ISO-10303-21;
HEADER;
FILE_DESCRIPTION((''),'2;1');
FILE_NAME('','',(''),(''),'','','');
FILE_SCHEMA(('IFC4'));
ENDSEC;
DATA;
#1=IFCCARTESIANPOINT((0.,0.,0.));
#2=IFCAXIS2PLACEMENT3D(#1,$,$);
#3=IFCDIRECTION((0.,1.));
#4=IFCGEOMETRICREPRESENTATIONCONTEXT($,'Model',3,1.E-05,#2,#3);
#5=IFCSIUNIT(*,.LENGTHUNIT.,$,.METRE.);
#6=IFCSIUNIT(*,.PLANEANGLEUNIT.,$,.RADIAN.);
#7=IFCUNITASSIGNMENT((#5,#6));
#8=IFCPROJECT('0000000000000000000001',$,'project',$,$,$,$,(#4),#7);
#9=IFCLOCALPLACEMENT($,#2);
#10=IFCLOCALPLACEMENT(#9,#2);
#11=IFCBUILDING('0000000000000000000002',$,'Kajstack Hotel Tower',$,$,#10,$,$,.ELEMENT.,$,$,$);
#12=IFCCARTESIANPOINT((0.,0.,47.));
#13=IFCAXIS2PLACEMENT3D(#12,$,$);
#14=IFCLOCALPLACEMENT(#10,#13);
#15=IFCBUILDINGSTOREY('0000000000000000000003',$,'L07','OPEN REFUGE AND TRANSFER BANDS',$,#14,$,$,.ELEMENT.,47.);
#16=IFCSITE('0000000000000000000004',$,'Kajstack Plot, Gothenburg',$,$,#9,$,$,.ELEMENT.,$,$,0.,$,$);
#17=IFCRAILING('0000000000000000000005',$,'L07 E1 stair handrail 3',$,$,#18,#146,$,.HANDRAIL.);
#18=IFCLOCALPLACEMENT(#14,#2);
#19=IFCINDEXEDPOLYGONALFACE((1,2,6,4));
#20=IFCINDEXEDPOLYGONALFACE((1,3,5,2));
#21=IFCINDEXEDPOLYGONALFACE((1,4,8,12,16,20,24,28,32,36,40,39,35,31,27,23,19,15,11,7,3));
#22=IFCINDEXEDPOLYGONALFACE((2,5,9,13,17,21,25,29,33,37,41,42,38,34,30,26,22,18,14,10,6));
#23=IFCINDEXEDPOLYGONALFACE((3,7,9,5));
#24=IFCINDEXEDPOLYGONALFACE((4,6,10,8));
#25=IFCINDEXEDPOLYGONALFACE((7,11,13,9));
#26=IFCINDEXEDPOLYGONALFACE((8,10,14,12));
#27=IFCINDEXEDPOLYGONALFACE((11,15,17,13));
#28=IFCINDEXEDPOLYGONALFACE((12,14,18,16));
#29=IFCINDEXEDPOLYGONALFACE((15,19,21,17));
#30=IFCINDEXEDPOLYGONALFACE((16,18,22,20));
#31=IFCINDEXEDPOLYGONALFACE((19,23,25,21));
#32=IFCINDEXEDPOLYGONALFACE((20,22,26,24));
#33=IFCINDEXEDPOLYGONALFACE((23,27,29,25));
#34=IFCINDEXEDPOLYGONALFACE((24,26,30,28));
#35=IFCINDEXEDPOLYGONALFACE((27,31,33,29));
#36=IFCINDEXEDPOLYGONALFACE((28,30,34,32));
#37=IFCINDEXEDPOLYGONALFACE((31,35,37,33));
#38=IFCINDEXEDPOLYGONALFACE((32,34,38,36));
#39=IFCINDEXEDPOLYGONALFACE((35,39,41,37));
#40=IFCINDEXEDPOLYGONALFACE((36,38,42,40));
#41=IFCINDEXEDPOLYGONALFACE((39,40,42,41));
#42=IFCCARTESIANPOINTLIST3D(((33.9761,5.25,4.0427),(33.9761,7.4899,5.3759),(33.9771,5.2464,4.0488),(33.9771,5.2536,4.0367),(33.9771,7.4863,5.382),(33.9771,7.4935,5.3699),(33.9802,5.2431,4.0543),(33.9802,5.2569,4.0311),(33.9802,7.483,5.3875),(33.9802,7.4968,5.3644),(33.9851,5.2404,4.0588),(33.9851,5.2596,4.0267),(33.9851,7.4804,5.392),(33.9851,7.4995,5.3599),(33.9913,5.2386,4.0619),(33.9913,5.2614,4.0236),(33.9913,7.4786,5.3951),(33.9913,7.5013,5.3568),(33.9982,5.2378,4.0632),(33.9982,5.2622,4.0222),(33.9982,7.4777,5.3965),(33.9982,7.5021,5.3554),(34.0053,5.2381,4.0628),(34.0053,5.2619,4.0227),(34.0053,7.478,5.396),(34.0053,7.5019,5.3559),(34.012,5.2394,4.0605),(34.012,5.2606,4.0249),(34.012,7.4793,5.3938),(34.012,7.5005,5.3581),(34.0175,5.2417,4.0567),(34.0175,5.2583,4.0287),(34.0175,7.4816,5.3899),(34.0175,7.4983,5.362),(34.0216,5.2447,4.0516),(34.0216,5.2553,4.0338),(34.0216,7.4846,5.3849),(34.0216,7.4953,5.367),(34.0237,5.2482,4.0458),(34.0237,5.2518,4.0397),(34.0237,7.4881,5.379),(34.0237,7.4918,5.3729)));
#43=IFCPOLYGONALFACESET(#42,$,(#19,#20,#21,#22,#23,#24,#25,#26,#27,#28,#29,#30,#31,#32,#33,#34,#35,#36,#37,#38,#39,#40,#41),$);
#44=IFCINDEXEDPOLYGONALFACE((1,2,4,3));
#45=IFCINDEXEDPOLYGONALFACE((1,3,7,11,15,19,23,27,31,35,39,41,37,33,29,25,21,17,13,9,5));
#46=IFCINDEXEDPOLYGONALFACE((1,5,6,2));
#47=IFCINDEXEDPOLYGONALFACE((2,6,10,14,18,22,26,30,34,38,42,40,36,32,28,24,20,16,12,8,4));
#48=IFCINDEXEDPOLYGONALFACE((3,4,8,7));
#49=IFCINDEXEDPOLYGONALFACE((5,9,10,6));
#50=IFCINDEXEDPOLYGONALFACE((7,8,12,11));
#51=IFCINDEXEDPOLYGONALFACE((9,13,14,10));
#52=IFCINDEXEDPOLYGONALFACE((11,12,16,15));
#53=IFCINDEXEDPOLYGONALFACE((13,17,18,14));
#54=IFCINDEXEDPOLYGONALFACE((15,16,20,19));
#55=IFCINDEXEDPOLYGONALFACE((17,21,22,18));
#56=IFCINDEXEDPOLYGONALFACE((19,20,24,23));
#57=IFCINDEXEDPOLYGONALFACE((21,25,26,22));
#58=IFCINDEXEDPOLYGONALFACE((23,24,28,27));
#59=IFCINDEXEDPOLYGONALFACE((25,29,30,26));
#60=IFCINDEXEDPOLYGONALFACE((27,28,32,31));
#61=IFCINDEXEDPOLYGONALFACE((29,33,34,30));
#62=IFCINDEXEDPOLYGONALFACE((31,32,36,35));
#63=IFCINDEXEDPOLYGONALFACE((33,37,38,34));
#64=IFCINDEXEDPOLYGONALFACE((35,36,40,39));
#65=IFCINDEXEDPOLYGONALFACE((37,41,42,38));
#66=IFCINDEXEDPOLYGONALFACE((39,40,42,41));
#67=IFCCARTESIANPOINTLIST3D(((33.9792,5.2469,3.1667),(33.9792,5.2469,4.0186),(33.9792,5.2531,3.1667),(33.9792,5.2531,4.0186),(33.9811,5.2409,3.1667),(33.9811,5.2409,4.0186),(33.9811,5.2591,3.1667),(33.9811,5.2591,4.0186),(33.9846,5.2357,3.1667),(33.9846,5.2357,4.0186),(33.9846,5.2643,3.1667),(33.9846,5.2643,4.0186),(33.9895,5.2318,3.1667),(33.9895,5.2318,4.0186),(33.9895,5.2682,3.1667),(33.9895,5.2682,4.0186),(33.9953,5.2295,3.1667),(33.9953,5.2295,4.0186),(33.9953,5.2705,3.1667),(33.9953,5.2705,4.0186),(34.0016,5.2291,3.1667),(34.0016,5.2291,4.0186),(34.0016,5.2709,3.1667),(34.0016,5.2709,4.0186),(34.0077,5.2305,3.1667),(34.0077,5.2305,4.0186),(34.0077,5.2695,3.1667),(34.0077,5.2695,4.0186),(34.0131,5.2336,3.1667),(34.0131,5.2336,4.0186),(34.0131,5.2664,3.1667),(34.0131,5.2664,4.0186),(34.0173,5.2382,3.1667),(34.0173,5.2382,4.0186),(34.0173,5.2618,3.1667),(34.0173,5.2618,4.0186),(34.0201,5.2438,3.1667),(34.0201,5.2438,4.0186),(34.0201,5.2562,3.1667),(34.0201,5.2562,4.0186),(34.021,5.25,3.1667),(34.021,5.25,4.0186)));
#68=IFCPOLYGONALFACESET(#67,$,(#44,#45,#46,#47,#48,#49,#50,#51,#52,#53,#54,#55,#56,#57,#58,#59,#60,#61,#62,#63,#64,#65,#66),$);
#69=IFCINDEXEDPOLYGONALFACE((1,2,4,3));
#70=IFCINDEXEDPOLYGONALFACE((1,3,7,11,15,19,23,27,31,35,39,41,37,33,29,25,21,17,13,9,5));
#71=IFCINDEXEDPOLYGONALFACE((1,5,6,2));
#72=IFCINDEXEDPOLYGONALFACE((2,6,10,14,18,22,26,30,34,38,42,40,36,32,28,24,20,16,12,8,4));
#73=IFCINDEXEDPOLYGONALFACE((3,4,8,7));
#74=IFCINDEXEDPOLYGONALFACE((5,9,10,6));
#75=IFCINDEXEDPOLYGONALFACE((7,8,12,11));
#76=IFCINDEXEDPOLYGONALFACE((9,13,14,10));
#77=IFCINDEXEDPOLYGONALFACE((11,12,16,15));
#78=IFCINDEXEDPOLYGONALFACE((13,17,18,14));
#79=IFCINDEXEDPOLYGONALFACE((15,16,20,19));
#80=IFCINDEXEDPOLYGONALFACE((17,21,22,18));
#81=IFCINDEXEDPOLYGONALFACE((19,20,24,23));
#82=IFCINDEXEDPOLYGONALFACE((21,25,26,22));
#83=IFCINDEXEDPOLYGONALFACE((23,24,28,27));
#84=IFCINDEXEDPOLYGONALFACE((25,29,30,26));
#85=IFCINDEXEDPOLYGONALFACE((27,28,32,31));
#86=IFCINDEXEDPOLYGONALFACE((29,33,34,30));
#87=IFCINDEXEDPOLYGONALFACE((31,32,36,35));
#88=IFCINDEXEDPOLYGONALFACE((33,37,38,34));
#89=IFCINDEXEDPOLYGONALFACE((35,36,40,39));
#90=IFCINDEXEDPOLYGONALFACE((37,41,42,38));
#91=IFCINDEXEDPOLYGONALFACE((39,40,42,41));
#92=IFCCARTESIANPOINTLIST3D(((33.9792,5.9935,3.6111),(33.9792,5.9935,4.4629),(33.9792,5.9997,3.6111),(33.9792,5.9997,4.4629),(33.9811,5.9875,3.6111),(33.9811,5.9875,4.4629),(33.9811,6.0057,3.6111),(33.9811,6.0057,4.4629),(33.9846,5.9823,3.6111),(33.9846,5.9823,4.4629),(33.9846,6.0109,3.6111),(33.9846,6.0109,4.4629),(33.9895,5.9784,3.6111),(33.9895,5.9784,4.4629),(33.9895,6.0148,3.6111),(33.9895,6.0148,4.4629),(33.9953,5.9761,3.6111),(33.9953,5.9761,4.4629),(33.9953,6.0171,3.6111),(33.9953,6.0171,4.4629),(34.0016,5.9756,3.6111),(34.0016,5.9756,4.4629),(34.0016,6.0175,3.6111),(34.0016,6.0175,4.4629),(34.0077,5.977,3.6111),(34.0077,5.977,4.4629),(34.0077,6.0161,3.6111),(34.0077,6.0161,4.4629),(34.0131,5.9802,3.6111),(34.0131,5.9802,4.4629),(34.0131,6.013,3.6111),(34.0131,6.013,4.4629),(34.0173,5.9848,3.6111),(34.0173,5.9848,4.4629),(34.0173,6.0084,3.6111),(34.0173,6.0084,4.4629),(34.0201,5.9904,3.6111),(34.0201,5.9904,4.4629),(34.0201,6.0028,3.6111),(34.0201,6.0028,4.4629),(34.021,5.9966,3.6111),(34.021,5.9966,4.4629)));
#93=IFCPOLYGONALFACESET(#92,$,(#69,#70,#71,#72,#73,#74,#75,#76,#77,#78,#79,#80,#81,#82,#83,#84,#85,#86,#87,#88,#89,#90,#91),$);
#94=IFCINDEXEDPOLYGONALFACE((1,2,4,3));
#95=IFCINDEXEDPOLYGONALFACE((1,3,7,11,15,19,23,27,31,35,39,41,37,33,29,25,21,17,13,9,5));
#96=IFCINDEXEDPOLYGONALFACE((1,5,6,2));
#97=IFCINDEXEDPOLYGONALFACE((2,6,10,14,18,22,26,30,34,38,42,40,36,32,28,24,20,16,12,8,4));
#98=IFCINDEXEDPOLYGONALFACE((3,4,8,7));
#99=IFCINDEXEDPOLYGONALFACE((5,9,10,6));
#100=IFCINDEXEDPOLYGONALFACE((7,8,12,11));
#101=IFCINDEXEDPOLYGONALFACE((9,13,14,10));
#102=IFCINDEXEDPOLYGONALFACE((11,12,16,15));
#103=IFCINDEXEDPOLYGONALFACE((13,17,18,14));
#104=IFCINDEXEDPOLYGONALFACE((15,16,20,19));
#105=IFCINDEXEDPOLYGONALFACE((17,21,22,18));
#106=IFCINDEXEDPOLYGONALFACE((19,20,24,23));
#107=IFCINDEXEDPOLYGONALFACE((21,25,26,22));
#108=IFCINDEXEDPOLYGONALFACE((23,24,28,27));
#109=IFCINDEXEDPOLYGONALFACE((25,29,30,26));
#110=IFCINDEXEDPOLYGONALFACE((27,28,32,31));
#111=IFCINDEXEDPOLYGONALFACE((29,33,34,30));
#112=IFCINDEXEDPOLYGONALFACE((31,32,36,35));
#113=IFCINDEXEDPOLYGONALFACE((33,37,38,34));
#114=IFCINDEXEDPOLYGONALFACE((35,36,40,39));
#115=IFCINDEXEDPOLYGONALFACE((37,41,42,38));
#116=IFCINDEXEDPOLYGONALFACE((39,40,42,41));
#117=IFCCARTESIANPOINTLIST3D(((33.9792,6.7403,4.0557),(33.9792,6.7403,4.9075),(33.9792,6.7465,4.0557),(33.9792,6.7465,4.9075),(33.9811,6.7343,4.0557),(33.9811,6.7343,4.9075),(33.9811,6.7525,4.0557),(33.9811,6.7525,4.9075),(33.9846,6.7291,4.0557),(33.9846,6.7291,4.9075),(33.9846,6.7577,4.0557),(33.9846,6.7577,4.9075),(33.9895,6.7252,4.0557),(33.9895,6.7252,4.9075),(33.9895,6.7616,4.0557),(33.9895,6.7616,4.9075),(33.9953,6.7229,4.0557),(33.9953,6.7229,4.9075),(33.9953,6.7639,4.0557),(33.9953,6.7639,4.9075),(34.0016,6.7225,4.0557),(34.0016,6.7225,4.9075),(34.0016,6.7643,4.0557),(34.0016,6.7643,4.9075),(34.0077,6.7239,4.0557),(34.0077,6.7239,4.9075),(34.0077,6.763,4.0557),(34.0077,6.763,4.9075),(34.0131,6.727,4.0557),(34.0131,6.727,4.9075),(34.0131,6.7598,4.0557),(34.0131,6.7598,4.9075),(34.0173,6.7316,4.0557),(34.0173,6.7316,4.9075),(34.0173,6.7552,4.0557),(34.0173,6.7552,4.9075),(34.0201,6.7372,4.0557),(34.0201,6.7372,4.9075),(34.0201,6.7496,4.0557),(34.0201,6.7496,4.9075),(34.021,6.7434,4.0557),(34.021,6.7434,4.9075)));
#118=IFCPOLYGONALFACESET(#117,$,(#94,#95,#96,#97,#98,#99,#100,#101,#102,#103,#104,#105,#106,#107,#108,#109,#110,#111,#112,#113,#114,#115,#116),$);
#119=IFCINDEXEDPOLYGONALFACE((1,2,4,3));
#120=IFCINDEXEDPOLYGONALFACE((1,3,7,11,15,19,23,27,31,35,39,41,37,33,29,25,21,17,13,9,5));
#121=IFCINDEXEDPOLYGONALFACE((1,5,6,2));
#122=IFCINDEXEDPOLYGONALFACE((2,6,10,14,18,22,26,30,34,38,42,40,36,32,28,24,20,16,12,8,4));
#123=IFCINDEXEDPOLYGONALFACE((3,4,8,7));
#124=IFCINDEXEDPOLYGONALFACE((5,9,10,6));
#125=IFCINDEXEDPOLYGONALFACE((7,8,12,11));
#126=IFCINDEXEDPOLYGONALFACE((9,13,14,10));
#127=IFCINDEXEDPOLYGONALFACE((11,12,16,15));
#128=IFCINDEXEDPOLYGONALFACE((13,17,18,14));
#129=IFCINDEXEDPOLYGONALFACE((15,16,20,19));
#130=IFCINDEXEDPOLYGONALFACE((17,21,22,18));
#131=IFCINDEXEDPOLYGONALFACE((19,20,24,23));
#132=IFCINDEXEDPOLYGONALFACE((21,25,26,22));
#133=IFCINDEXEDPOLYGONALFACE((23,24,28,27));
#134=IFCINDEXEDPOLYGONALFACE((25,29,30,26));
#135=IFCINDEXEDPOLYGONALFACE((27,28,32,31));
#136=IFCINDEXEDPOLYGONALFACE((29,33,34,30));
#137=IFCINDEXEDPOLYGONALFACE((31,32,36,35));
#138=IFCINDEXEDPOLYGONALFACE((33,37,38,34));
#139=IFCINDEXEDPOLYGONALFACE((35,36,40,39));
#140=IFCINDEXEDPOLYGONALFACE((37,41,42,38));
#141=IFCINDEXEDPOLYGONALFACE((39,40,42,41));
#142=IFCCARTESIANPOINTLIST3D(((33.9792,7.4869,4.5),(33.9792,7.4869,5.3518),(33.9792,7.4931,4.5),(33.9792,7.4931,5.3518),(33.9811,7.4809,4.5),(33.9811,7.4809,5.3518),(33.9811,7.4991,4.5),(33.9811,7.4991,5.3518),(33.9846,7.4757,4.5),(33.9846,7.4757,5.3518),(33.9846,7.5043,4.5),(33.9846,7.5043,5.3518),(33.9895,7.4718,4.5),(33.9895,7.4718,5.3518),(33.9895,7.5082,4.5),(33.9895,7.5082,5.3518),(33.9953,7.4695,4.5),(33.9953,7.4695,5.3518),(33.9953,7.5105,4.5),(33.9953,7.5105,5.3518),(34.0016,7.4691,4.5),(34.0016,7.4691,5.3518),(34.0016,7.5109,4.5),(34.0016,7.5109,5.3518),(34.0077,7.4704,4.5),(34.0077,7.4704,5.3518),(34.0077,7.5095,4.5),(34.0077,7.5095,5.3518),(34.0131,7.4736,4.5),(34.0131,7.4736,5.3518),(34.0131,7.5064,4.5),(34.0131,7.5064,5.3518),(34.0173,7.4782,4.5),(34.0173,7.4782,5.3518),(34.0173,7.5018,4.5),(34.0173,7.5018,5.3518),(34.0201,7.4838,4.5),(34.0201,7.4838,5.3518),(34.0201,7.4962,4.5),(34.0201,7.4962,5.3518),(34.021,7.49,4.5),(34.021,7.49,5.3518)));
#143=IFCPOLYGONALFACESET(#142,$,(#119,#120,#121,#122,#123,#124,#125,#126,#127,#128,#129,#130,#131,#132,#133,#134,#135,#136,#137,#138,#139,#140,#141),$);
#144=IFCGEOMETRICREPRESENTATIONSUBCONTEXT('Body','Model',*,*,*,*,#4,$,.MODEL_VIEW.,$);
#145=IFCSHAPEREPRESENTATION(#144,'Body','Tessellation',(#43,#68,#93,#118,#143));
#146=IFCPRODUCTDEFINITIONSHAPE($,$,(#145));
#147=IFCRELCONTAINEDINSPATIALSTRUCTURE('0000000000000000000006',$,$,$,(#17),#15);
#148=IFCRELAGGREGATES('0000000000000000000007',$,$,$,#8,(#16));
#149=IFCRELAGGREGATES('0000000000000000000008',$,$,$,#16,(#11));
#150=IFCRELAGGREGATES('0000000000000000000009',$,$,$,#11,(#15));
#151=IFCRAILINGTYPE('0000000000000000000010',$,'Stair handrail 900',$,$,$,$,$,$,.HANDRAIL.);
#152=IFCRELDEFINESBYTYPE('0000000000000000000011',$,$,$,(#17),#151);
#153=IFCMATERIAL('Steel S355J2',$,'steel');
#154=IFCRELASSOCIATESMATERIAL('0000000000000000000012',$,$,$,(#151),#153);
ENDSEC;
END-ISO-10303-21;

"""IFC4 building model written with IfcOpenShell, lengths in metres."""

from ifc_helpers import new_model, si_unit, direction, frame, origin, origin_2d, place, context, subcontext, project, spatial, circle, extrude, material, type_object, element, save


model = new_model("IFC4")

# Units and contexts
model_context = context("Model", 3, precision=1e-05, world=origin(), true_north=direction((0.0, 1.0)))
body_context = subcontext(model_context, "Body", "Model", "MODEL_VIEW")
ifc_project = project(units=[si_unit("LENGTHUNIT", "METRE"), si_unit("PLANEANGLEUNIT", "RADIAN")], contexts=[model_context])

# Site, building, storey
site_placement = place(None, origin())
site = spatial("IfcSite", under=ifc_project, at=site_placement, Name="Kajstack Plot, Gothenburg", CompositionType="ELEMENT", RefElevation=0.0)
building_placement = place(site_placement, origin())
building = spatial("IfcBuilding", under=site, at=building_placement, Name="Kajstack Hotel Tower", CompositionType="ELEMENT")
storey_placement = place(building_placement, frame((0.0, 0.0, 47.0)))
storey = spatial("IfcBuildingStorey", under=building, at=storey_placement, Name="L07", Description="OPEN REFUGE AND TRANSFER BANDS", CompositionType="ELEMENT", Elevation=47.0)

# Railing
ifc_material_1 = material(Name="Steel S355J2", Category="steel")
railing_type_1 = type_object("IfcRailingType", Name="Stair handrail 900", PredefinedType="HANDRAIL", material=ifc_material_1)
for number, where, name in (
    (1, (34.0, 5.25, 3.1667), "L07 E1 stair handrail 3"),
):
    element("IfcRailing", number, at=place(storey_placement, frame(where)), inside=storey, type_object=railing_type_1, Name=name, PredefinedType="HANDRAIL", context=body_context, shape_type="SweptSolid", body=[
        extrude(circle(Radius=0.0239, at=origin_2d()), frame((0.0, 0.0, 0.876), z_axis=(0.0, 0.859306, 0.511462), x_axis=(-1.0, 0.0, 0.0)), (0.0, 0.0, 1.0), 2.6067),
        extrude(circle(Radius=0.021, at=origin_2d()), origin(), (0.0, 0.0, 1.0), 0.8518),
        extrude(circle(Radius=0.021, at=origin_2d()), frame((0.0, 0.7466, 0.4443)), (0.0, 0.0, 1.0), 0.8518),
        extrude(circle(Radius=0.021, at=origin_2d()), frame((0.0, 1.4934, 0.8889)), (0.0, 0.0, 1.0), 0.8518),
        extrude(circle(Radius=0.021, at=origin_2d()), frame((0.0, 2.24, 1.3333)), (0.0, 0.0, 1.0), 0.8518),
    ])

save(model, "model.ifc")
